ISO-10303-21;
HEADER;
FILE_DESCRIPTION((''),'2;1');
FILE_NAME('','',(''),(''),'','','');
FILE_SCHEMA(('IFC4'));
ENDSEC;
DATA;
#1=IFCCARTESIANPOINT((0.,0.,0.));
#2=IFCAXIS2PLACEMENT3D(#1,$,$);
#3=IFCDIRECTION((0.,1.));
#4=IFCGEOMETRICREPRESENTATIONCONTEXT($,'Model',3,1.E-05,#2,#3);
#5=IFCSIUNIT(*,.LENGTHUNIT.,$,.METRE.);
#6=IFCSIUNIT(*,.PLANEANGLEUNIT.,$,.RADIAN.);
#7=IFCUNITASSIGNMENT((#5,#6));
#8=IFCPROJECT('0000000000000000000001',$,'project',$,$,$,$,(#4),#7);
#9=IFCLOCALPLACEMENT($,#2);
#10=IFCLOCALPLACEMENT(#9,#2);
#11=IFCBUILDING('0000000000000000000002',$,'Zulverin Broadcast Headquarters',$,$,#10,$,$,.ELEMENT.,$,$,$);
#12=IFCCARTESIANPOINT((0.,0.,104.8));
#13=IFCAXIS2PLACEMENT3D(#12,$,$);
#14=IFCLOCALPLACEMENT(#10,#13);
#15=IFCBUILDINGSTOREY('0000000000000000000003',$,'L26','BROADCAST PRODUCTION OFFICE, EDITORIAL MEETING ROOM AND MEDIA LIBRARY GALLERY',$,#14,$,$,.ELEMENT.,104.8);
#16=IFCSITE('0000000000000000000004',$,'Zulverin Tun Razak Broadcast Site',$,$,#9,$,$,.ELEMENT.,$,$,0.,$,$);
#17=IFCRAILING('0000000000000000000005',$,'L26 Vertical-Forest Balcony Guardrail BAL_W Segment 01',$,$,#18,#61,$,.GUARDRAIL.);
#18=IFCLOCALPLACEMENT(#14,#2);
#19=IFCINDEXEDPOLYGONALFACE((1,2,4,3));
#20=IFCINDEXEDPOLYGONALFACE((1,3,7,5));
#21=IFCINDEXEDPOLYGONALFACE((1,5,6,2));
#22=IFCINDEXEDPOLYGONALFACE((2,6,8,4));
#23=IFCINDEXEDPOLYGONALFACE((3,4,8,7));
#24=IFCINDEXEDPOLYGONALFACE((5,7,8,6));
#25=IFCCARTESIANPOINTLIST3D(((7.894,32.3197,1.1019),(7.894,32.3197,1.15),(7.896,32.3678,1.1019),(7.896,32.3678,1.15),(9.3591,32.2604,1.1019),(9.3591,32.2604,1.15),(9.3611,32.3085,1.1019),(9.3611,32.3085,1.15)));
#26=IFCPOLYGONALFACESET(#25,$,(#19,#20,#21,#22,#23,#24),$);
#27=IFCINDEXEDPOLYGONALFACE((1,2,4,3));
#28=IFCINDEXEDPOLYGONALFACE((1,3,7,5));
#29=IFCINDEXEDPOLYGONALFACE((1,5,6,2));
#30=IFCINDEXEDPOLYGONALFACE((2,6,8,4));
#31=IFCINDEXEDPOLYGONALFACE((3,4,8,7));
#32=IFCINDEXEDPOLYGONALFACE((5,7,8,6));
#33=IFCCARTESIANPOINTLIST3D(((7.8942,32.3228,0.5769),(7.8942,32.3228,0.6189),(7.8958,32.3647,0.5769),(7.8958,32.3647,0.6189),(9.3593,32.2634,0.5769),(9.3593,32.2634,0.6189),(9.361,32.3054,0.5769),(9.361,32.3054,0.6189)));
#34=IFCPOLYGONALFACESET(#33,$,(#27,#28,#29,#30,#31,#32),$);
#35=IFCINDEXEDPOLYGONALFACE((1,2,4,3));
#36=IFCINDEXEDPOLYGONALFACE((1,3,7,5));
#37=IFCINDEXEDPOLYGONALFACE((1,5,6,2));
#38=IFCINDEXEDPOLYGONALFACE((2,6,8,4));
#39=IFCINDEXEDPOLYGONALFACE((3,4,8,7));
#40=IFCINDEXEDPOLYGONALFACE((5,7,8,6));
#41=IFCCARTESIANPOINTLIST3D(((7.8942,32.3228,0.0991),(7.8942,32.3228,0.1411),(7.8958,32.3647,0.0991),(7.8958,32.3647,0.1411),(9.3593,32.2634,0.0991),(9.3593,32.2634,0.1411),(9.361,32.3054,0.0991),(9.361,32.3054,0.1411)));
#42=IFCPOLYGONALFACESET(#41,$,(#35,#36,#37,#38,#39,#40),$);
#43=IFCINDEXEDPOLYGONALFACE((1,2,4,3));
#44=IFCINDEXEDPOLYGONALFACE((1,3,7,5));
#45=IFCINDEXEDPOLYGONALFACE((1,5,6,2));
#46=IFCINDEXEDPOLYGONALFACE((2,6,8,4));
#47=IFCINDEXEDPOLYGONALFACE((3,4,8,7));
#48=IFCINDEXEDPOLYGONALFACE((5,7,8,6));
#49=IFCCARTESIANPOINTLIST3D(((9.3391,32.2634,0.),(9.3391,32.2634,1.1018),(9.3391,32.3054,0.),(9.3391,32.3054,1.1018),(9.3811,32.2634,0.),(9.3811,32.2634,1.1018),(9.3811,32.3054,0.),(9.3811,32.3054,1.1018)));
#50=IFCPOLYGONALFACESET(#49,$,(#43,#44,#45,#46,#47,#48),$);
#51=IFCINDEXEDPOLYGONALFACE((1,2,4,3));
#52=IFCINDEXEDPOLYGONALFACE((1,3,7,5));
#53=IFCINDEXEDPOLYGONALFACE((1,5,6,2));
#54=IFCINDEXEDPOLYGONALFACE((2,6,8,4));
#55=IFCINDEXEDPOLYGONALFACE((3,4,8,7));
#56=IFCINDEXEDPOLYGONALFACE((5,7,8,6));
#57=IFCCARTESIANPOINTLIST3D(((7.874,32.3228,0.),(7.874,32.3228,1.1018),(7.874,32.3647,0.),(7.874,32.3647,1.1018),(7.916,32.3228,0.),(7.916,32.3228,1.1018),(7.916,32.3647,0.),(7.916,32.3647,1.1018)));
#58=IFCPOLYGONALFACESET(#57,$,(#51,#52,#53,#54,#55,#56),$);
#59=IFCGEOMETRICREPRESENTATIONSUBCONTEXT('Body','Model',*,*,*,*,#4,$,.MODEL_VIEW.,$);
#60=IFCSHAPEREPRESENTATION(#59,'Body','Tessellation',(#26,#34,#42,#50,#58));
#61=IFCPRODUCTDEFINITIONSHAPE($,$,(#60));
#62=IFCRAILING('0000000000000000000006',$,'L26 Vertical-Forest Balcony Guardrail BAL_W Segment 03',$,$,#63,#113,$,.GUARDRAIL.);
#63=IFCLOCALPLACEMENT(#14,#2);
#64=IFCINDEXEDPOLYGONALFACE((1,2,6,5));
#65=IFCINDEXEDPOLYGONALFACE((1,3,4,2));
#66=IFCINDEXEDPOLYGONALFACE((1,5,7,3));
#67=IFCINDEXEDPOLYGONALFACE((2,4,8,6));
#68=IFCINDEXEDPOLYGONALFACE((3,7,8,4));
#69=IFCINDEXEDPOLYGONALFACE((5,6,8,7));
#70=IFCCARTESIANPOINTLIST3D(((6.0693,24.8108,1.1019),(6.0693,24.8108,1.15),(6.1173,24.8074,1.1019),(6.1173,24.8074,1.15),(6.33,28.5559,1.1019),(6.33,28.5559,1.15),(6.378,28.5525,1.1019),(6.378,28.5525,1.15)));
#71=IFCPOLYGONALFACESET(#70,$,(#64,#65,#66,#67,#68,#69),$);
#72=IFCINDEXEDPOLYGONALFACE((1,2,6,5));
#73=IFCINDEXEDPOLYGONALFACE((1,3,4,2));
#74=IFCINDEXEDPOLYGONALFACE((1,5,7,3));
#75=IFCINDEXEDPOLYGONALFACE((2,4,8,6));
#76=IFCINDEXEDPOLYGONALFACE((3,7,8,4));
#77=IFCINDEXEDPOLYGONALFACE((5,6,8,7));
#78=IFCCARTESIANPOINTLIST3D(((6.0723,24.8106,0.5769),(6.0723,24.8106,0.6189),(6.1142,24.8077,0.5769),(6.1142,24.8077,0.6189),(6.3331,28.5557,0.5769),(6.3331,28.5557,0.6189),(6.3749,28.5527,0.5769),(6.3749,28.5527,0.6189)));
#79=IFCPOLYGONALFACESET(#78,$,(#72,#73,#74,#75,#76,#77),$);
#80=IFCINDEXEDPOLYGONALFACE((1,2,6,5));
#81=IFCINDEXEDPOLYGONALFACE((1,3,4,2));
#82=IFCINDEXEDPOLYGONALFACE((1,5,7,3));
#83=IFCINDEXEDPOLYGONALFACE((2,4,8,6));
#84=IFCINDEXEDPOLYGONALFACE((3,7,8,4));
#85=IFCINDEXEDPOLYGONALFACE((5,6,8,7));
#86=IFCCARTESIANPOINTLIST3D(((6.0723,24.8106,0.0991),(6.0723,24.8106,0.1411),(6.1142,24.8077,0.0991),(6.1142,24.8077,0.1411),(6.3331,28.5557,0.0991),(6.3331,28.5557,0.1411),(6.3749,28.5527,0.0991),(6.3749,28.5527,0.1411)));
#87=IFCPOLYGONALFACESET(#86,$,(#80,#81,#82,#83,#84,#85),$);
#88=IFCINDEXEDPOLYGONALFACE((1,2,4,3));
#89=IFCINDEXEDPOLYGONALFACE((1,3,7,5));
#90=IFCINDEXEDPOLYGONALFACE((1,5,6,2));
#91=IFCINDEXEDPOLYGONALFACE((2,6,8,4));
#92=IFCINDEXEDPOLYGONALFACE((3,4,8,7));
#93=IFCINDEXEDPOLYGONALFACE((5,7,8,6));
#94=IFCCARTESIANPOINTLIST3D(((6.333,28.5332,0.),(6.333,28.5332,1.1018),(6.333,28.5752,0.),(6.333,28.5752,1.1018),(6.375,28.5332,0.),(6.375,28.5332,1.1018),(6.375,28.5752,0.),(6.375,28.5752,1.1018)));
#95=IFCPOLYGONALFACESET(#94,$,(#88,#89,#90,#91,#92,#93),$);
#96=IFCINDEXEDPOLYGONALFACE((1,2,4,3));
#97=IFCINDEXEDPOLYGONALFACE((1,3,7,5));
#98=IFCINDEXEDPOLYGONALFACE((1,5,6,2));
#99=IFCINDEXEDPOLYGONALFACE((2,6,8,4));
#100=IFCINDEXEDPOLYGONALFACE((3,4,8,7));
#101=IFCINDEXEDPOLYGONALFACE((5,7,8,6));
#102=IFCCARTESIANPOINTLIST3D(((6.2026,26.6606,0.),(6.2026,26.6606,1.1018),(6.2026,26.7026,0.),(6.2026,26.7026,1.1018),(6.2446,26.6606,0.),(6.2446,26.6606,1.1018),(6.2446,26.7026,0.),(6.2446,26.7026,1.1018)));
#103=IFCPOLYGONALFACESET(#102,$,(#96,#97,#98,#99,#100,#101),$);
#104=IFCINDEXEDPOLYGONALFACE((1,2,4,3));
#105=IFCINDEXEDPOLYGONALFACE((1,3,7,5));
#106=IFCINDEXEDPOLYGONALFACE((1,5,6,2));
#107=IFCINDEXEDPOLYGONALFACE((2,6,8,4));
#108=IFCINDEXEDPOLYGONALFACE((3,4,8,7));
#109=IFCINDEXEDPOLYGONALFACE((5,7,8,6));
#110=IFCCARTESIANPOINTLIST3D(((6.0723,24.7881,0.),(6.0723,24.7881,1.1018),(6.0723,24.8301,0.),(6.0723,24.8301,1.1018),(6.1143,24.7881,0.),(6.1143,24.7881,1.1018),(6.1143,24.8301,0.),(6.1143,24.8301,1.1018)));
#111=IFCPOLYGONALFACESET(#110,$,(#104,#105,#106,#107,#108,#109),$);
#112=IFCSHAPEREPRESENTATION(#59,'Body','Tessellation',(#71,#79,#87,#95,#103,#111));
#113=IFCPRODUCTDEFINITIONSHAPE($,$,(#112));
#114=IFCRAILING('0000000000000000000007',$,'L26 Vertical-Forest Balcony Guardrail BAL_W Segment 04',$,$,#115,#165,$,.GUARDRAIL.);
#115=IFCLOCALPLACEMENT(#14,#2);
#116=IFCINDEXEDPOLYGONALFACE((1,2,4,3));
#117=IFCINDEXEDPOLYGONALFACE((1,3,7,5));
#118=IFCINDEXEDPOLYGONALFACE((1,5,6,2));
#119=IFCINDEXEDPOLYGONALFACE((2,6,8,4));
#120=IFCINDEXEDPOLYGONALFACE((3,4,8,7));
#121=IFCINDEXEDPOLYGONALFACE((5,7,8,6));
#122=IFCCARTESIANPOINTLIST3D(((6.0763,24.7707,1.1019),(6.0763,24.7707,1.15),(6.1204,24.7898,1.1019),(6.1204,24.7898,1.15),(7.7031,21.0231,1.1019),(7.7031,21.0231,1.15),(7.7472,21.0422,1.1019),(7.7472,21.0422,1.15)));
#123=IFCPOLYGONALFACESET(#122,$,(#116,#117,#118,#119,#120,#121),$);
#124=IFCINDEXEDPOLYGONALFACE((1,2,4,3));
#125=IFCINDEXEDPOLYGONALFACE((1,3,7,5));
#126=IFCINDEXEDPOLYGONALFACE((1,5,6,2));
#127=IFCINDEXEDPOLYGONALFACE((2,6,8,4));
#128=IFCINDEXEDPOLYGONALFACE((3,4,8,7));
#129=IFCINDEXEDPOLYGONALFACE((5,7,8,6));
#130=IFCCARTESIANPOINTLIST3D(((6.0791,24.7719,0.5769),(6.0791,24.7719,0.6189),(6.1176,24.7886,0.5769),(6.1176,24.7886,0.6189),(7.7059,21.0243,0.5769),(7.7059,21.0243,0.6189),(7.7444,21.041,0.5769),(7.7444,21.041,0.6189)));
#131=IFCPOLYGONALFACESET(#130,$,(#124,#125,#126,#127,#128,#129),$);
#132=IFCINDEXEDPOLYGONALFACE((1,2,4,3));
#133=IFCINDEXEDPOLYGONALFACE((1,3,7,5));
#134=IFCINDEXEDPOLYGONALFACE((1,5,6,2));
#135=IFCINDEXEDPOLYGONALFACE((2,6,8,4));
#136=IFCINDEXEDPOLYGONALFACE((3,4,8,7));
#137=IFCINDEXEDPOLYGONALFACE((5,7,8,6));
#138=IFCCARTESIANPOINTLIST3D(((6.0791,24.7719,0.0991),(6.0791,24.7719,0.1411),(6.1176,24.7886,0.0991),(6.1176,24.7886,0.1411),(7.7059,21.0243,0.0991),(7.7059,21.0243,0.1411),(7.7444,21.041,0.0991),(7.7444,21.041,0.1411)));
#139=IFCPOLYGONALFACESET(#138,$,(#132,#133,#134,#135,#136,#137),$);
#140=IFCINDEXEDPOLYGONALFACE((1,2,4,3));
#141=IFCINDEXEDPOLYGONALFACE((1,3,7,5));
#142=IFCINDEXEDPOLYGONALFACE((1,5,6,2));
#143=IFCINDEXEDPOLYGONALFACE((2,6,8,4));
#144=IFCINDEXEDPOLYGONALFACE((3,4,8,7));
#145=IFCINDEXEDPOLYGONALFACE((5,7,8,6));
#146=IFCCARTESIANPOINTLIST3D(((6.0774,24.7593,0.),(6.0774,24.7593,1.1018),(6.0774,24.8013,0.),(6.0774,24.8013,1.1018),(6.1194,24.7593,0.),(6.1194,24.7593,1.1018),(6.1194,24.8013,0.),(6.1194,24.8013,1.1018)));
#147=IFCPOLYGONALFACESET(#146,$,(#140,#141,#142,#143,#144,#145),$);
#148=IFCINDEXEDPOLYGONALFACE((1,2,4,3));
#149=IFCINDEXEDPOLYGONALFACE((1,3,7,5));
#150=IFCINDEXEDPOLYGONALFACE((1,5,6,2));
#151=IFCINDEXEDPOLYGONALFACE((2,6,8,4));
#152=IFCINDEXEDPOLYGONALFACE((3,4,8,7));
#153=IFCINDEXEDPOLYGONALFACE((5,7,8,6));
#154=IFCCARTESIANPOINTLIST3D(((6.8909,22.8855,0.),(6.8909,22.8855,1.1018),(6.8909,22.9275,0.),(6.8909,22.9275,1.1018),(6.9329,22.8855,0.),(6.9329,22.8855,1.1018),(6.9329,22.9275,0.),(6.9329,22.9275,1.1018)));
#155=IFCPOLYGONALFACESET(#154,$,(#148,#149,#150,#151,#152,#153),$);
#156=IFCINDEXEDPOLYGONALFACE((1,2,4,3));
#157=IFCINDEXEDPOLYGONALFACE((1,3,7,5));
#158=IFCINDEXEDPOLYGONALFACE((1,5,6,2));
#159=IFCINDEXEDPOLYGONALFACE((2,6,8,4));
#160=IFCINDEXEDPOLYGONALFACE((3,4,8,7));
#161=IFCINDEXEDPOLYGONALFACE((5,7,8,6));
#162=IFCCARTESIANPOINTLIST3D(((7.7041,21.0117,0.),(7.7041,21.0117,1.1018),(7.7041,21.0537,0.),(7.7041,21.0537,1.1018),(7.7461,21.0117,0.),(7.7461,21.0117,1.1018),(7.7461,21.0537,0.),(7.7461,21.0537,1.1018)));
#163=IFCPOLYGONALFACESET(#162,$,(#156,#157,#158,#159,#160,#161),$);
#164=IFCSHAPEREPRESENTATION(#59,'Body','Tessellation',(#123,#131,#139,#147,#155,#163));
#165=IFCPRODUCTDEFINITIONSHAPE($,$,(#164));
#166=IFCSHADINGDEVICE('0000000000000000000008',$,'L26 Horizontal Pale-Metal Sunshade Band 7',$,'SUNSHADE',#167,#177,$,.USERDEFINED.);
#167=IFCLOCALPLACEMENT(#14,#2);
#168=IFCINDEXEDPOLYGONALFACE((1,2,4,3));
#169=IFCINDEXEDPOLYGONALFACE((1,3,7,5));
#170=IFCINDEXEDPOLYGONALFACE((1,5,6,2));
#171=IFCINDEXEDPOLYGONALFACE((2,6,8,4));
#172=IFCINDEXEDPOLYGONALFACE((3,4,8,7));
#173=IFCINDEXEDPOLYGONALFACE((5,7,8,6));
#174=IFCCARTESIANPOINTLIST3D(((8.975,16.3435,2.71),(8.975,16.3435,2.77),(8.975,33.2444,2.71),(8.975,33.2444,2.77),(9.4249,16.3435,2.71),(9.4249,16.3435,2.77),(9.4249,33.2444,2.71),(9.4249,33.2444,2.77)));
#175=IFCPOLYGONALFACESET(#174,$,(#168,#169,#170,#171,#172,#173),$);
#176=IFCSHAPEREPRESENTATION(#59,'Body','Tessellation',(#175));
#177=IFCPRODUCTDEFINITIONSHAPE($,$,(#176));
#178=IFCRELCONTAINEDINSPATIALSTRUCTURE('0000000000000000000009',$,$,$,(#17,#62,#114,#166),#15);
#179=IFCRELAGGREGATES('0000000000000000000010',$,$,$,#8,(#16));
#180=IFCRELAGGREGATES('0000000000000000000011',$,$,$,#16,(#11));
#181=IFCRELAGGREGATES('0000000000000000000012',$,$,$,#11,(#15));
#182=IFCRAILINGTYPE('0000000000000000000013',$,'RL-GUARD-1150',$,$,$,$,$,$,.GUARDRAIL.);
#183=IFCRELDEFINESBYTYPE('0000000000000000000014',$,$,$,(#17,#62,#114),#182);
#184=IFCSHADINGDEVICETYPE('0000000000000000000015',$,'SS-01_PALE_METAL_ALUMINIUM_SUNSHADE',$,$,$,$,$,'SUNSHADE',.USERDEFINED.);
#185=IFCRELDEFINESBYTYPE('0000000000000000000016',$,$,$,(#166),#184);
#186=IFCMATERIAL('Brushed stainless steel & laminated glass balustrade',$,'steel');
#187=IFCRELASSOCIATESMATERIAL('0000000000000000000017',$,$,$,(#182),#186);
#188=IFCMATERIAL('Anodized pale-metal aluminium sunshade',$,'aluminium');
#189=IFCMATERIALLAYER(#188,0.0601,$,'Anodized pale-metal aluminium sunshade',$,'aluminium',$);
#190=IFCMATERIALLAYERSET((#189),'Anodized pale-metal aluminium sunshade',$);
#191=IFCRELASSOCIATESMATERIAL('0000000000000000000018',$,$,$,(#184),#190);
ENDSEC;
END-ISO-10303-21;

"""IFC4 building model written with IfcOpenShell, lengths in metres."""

from ifc_helpers import new_model, si_unit, direction, frame, origin, origin_2d, place, context, subcontext, project, spatial, rectangle, extrude, material, layer, layer_set, type_object, element, save


model = new_model("IFC4")

# Units and contexts
model_context = context("Model", 3, precision=1e-05, world=origin(), true_north=direction((0.0, 1.0)))
body_context = subcontext(model_context, "Body", "Model", "MODEL_VIEW")
ifc_project = project(units=[si_unit("LENGTHUNIT", "METRE"), si_unit("PLANEANGLEUNIT", "RADIAN")], contexts=[model_context])

# Site, building, storey
site_placement = place(None, origin())
site = spatial("IfcSite", under=ifc_project, at=site_placement, Name="Zulverin Tun Razak Broadcast Site", CompositionType="ELEMENT", RefElevation=0.0)
building_placement = place(site_placement, origin())
building = spatial("IfcBuilding", under=site, at=building_placement, Name="Zulverin Broadcast Headquarters", CompositionType="ELEMENT")
storey_placement = place(building_placement, frame((0.0, 0.0, 104.8)))
storey = spatial("IfcBuildingStorey", under=building, at=storey_placement, Name="L26", Description="BROADCAST PRODUCTION OFFICE, EDITORIAL MEETING ROOM AND MEDIA LIBRARY GALLERY", CompositionType="ELEMENT", Elevation=104.8)

# Railings
ifc_material_1 = material(Name="Brushed stainless steel & laminated glass balustrade", Category="steel")
railing_type = type_object("IfcRailingType", Name="RL-GUARD-1150", PredefinedType="GUARDRAIL", material=ifc_material_1)
railing_1_placement = place(storey_placement, frame((9.3601, 32.2844, 0.0)))
element("IfcRailing", 1, at=railing_1_placement, inside=storey, type_object=railing_type, Name="L26 Vertical-Forest Balcony Guardrail BAL_W Segment 01", PredefinedType="GUARDRAIL", context=body_context, shape_type="SweptSolid", body=[
    extrude(rectangle(XDim=0.0481, YDim=0.0481, at=origin_2d()), frame((0.0, 0.0, 1.126), z_axis=(-0.999181, 0.04046, 0.0), x_axis=(-0.04046, -0.999181, 0.0)), (0.0, 0.0, 1.0), 1.4663),
    extrude(rectangle(XDim=0.042, YDim=0.042, at=origin_2d()), frame((0.0, 0.0, 0.5979), z_axis=(-0.999181, 0.04046, 0.0), x_axis=(-0.04046, -0.999181, 0.0)), (0.0, 0.0, 1.0), 1.4663),
    extrude(rectangle(XDim=0.042, YDim=0.042, at=origin_2d()), frame((0.0, 0.0, 0.1201), z_axis=(-0.999181, 0.04046, 0.0), x_axis=(-0.04046, -0.999181, 0.0)), (0.0, 0.0, 1.0), 1.4663),
    extrude(rectangle(XDim=0.042, YDim=0.042, at=origin_2d()), origin(), (0.0, 0.0, 1.0), 1.1018),
    extrude(rectangle(XDim=0.042, YDim=0.042, at=origin_2d()), frame((-1.4651, 0.0593, 0.0)), (0.0, 0.0, 1.0), 1.1018),
])
railing_2_placement = place(storey_placement, frame((6.354, 28.5542, 0.0)))
element("IfcRailing", 2, at=railing_2_placement, inside=storey, type_object=railing_type, Name="L26 Vertical-Forest Balcony Guardrail BAL_W Segment 03", PredefinedType="GUARDRAIL", context=body_context, shape_type="SweptSolid", body=[
    extrude(rectangle(XDim=0.0481, YDim=0.0481, at=origin_2d()), frame((0.0, 0.0, 1.126), z_axis=(-0.069454, -0.997585, 0.0), x_axis=(0.997585, -0.069454, 0.0)), (0.0, 0.0, 1.0), 3.7542),
    extrude(rectangle(XDim=0.042, YDim=0.042, at=origin_2d()), frame((0.0, 0.0, 0.5979), z_axis=(-0.069454, -0.997585, 0.0), x_axis=(0.997585, -0.069454, 0.0)), (0.0, 0.0, 1.0), 3.7542),
    extrude(rectangle(XDim=0.042, YDim=0.042, at=origin_2d()), frame((0.0, 0.0, 0.1201), z_axis=(-0.069454, -0.997585, 0.0), x_axis=(0.997585, -0.069454, 0.0)), (0.0, 0.0, 1.0), 3.7542),
    extrude(rectangle(XDim=0.042, YDim=0.042, at=origin_2d()), origin(), (0.0, 0.0, 1.0), 1.1018),
    extrude(rectangle(XDim=0.042, YDim=0.042, at=origin_2d()), frame((-0.1304, -1.8726, 0.0)), (0.0, 0.0, 1.0), 1.1018),
    extrude(rectangle(XDim=0.042, YDim=0.042, at=origin_2d()), frame((-0.2607, -3.7451, 0.0)), (0.0, 0.0, 1.0), 1.1018),
])
railing_3_placement = place(storey_placement, frame((6.0984, 24.7803, 0.0)))
element("IfcRailing", 3, at=railing_3_placement, inside=storey, type_object=railing_type, Name="L26 Vertical-Forest Balcony Guardrail BAL_W Segment 04", PredefinedType="GUARDRAIL", context=body_context, shape_type="SweptSolid", body=[
    extrude(rectangle(XDim=0.0481, YDim=0.0481, at=origin_2d()), frame((0.0, 0.0, 1.126), z_axis=(0.398178, -0.917308, 0.0), x_axis=(0.917308, 0.398178, 0.0)), (0.0, 0.0, 1.0), 4.0854),
    extrude(rectangle(XDim=0.042, YDim=0.042, at=origin_2d()), frame((0.0, 0.0, 0.5979), z_axis=(0.398178, -0.917308, 0.0), x_axis=(0.917308, 0.398178, 0.0)), (0.0, 0.0, 1.0), 4.0854),
    extrude(rectangle(XDim=0.042, YDim=0.042, at=origin_2d()), frame((0.0, 0.0, 0.1201), z_axis=(0.398178, -0.917308, 0.0), x_axis=(0.917308, 0.398178, 0.0)), (0.0, 0.0, 1.0), 4.0854),
    extrude(rectangle(XDim=0.042, YDim=0.042, at=origin_2d()), origin(), (0.0, 0.0, 1.0), 1.1018),
    extrude(rectangle(XDim=0.042, YDim=0.042, at=origin_2d()), frame((0.8135, -1.8738, 0.0)), (0.0, 0.0, 1.0), 1.1018),
    extrude(rectangle(XDim=0.042, YDim=0.042, at=origin_2d()), frame((1.6267, -3.7476, 0.0)), (0.0, 0.0, 1.0), 1.1018),
])

# Shading device
ifc_material_2 = material(Name="Anodized pale-metal aluminium sunshade", Category="aluminium")
ifc_layer_1 = layer(ifc_material_2, 0.0601, Name="Anodized pale-metal aluminium sunshade", Category="aluminium")
ifc_layer_set_1 = layer_set([ifc_layer_1], Name="Anodized pale-metal aluminium sunshade")
shading_device_type = type_object("IfcShadingDeviceType", Name="SS-01_PALE_METAL_ALUMINIUM_SUNSHADE", ElementType="SUNSHADE", PredefinedType="USERDEFINED", material=ifc_layer_set_1)
shading_device_placement = place(storey_placement, frame((9.2, 24.7939, 2.71), z_axis=(0.0, 0.0, 1.0), x_axis=(0.0, -1.0, 0.0)))
element("IfcShadingDevice", 4, at=shading_device_placement, inside=storey, type_object=shading_device_type, Name="L26 Horizontal Pale-Metal Sunshade Band 7", ObjectType="SUNSHADE", PredefinedType="USERDEFINED", context=body_context, shape_type="SweptSolid", body=[
    extrude(rectangle(XDim=16.9009, YDim=0.45, at=origin_2d()), origin(), (0.0, 0.0, 1.0), 0.0601),
])

save(model, "model.ifc")
